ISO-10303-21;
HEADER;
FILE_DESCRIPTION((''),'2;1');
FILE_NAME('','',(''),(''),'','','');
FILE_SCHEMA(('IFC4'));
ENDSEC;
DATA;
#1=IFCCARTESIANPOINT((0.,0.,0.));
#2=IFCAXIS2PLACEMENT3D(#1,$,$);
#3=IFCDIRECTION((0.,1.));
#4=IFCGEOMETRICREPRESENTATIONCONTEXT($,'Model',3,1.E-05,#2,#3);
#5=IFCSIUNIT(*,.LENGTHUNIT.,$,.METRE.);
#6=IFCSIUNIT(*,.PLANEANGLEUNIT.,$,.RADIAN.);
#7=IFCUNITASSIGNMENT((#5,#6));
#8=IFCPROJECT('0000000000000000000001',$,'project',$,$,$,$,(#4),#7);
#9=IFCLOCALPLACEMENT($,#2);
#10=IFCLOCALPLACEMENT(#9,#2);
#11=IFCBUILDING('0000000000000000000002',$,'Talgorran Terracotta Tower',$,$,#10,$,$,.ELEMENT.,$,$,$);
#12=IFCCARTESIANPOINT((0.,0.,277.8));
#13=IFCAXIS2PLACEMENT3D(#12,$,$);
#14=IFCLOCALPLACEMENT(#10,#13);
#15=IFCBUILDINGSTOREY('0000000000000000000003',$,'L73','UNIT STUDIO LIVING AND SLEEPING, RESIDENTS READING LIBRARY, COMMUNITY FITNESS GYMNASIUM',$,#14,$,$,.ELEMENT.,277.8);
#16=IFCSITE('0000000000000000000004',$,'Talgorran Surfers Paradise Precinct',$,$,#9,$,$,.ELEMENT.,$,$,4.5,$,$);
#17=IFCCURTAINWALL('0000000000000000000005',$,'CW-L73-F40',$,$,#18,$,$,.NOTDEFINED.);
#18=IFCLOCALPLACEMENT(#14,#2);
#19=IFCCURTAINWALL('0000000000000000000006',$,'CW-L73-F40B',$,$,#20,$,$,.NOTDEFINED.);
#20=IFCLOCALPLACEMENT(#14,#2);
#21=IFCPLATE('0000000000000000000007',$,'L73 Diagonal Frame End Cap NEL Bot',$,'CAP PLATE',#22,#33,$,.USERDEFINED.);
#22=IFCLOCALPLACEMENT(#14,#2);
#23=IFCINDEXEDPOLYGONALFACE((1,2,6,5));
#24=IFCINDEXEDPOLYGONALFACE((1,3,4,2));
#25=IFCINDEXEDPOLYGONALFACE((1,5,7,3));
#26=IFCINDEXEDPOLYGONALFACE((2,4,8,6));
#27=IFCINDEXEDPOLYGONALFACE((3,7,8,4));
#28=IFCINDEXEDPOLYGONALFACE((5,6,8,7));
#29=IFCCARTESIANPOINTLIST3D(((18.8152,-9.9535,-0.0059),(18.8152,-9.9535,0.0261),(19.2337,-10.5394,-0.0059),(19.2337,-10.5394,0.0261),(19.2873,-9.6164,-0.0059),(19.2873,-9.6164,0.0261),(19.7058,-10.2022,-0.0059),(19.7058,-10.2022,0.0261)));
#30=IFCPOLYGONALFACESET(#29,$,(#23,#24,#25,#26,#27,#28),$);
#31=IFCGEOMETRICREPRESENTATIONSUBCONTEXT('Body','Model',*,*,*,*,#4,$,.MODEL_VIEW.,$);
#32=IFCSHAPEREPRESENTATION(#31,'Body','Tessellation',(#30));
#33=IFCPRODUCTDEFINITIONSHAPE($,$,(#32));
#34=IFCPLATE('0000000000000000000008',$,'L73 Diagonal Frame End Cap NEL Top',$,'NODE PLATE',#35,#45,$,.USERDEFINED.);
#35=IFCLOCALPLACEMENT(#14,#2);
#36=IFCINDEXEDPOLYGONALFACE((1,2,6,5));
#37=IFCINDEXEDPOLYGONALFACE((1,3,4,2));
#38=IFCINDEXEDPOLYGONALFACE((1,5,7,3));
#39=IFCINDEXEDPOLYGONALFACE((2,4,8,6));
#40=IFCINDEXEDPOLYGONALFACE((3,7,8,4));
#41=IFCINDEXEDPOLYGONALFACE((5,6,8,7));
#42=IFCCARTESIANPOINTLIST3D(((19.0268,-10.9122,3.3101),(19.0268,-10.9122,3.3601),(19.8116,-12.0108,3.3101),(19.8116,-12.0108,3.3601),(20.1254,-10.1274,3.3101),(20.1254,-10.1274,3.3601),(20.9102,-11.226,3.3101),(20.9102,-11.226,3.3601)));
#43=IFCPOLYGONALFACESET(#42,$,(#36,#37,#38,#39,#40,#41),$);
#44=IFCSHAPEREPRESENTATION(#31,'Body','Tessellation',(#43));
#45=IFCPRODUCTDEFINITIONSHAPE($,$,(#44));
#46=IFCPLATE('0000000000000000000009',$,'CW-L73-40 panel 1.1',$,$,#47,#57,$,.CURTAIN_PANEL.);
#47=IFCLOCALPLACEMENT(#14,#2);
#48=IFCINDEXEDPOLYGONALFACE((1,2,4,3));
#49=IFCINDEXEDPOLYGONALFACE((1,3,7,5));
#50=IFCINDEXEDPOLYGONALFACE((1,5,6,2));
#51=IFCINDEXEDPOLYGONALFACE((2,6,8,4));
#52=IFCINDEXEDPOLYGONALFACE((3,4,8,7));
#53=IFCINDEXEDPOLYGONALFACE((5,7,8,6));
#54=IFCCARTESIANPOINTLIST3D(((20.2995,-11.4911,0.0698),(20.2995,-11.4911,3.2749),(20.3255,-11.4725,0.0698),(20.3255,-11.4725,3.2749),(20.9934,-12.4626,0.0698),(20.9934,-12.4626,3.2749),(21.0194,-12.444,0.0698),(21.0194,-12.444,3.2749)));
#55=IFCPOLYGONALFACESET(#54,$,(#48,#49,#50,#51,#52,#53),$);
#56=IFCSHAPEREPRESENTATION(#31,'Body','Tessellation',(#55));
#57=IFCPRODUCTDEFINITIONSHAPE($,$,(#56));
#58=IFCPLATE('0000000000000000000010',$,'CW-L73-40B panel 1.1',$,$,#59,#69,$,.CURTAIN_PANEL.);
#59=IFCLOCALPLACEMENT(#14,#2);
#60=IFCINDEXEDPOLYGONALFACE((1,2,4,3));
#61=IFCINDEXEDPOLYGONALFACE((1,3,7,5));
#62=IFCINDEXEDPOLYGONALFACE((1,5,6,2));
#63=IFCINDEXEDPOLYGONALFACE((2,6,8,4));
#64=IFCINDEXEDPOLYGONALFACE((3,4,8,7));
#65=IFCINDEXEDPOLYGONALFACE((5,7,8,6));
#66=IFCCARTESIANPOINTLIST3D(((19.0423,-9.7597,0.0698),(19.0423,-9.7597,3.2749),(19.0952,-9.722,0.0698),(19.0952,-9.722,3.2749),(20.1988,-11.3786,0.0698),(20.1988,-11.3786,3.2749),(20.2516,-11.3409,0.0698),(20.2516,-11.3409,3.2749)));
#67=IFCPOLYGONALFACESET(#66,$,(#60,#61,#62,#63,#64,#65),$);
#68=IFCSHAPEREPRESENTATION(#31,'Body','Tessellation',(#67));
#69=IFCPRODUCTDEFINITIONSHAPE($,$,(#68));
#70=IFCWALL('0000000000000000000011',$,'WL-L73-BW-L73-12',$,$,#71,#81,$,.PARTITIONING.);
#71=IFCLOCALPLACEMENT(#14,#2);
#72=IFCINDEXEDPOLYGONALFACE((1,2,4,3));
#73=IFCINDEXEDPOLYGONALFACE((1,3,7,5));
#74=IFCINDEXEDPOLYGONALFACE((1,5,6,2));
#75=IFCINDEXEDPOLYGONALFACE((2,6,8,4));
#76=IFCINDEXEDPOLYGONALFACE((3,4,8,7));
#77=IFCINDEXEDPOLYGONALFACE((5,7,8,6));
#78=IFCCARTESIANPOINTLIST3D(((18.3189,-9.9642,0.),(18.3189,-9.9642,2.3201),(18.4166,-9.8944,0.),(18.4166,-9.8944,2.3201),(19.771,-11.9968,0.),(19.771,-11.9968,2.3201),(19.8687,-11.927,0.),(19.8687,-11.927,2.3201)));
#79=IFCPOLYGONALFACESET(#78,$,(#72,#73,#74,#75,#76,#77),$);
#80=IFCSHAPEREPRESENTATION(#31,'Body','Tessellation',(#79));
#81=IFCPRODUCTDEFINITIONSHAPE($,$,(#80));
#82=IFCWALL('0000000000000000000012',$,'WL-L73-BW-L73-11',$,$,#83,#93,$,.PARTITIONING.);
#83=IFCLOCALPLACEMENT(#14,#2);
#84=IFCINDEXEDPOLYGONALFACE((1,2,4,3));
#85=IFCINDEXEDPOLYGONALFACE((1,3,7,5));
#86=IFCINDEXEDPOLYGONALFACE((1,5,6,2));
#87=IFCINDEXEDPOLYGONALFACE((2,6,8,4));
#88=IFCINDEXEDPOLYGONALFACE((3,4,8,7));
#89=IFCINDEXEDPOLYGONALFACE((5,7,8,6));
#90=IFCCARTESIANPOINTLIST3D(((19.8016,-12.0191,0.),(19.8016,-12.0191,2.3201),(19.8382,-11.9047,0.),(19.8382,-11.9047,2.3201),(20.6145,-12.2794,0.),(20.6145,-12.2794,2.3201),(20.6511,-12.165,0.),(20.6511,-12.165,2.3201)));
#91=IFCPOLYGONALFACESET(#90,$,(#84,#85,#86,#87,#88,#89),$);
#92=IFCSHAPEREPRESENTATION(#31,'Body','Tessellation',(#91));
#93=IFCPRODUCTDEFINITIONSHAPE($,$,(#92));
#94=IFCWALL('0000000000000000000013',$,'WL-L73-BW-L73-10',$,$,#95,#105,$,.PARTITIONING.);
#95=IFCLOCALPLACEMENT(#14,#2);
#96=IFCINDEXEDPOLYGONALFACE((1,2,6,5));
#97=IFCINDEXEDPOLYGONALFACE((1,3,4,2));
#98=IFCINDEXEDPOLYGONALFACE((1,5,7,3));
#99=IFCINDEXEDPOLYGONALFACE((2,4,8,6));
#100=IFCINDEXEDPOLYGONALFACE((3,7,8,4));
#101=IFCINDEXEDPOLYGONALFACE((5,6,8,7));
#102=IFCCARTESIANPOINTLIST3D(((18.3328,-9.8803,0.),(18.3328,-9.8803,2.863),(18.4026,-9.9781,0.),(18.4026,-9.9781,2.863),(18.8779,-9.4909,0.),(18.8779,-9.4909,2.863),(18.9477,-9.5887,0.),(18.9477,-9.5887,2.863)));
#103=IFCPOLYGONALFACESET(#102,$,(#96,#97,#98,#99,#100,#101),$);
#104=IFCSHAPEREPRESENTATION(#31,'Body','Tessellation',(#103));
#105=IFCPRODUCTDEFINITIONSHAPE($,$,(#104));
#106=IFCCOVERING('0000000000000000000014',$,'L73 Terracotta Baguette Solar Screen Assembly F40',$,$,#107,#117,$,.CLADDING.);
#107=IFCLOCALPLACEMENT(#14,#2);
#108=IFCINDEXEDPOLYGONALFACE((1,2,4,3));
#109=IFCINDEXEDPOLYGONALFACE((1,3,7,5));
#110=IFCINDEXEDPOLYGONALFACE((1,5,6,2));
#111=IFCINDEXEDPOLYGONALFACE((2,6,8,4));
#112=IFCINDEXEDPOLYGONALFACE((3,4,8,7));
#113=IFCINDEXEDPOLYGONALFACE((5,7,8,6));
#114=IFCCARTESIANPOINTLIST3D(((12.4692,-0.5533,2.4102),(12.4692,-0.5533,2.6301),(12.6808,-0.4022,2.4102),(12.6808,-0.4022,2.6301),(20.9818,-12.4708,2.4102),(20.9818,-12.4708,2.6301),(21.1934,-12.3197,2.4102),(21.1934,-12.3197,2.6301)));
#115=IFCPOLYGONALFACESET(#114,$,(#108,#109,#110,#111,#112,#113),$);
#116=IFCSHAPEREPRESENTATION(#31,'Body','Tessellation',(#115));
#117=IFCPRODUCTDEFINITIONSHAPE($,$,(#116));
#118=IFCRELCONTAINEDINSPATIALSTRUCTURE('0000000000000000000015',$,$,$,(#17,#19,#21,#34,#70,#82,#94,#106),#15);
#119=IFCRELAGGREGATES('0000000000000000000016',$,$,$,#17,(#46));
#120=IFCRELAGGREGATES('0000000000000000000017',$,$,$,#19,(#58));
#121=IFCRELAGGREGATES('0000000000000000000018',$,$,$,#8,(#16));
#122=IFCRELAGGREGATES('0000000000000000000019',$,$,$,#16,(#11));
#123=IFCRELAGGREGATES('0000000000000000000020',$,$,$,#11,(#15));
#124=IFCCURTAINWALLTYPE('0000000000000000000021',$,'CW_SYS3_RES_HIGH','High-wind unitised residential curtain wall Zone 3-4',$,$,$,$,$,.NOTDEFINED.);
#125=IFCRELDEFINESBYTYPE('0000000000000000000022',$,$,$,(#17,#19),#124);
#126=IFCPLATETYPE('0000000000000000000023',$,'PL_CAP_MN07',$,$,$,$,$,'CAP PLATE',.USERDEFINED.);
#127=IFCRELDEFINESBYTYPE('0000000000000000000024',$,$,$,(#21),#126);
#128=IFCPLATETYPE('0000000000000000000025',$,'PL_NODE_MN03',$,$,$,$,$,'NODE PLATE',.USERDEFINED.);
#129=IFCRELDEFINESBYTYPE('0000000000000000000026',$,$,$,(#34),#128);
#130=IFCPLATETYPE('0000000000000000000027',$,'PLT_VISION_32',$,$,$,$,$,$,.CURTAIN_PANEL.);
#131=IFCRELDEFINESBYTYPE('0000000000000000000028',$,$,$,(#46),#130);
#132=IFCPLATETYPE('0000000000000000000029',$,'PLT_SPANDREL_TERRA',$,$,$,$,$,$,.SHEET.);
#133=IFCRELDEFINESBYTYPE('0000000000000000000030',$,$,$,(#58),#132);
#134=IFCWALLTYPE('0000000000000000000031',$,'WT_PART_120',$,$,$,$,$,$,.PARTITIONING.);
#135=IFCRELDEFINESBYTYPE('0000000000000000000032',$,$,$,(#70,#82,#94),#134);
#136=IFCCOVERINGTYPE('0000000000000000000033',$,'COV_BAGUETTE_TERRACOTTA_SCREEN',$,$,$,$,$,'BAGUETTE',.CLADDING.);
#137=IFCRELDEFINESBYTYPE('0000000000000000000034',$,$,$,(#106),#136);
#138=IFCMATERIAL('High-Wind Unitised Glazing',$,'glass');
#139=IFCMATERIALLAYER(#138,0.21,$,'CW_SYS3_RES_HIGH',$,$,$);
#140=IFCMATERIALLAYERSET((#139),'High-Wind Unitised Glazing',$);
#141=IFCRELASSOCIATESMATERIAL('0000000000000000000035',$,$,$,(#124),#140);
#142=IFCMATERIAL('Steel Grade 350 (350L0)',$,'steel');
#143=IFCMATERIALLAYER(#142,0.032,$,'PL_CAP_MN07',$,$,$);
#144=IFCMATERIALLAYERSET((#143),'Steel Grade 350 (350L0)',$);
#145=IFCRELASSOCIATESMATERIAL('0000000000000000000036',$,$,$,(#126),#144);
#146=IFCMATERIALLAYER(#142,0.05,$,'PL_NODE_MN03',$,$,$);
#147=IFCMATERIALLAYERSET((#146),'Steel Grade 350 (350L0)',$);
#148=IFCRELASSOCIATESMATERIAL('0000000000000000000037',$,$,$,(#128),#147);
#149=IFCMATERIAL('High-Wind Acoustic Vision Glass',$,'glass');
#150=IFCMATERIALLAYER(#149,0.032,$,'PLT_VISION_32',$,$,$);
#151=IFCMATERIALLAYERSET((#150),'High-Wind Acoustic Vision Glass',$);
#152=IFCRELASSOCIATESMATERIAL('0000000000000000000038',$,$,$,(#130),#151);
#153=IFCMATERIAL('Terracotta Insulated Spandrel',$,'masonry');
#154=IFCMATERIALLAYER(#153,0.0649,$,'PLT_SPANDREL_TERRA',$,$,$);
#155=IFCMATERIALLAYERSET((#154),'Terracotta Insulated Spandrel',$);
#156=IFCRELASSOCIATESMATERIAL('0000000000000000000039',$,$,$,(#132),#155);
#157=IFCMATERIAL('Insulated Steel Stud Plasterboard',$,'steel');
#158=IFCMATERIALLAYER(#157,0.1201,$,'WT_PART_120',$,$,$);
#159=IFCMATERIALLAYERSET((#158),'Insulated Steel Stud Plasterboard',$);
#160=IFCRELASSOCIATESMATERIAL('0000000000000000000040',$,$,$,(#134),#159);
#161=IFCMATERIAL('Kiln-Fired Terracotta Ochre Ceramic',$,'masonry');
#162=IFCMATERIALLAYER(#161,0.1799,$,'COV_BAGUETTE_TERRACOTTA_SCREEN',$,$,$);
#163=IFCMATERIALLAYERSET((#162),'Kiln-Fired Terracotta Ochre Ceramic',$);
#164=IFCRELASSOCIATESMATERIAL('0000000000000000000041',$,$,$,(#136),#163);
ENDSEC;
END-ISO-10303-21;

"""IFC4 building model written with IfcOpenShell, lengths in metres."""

from ifc_helpers import new_model, si_unit, direction, frame, frame_2d, origin, origin_2d, place, context, subcontext, project, spatial, rectangle, extrude, source, transform, mapped, material, layer, layer_set, type_object, type_shapes, element, aggregate, save


model = new_model("IFC4")

# Units and contexts
model_context = context("Model", 3, precision=1e-05, world=origin(), true_north=direction((0.0, 1.0)))
body_context = subcontext(model_context, "Body", "Model", "MODEL_VIEW")
ifc_project = project(units=[si_unit("LENGTHUNIT", "METRE"), si_unit("PLANEANGLEUNIT", "RADIAN")], contexts=[model_context])

# Site, building, storey
site_placement = place(None, origin())
site = spatial("IfcSite", under=ifc_project, at=site_placement, Name="Talgorran Surfers Paradise Precinct", CompositionType="ELEMENT", RefElevation=4.5)
building_placement = place(site_placement, origin())
building = spatial("IfcBuilding", under=site, at=building_placement, Name="Talgorran Terracotta Tower", CompositionType="ELEMENT")
storey_placement = place(building_placement, frame((0.0, 0.0, 277.8)))
storey = spatial("IfcBuildingStorey", under=building, at=storey_placement, Name="L73", Description="UNIT STUDIO LIVING AND SLEEPING, RESIDENTS READING LIBRARY, COMMUNITY FITNESS GYMNASIUM", CompositionType="ELEMENT", Elevation=277.8)

# Shared definitions
ifc_material_1 = material(Name="Steel Grade 350 (350L0)", Category="steel")

# Curtain walls
ifc_material_2 = material(Name="High-Wind Unitised Glazing", Category="glass")
ifc_layer_1 = layer(ifc_material_2, 0.21, Name="CW_SYS3_RES_HIGH")
ifc_layer_set_1 = layer_set([ifc_layer_1], Name="High-Wind Unitised Glazing")
curtain_wall_type = type_object("IfcCurtainWallType", Name="CW_SYS3_RES_HIGH", Description="High-wind unitised residential curtain wall Zone 3-4", PredefinedType="NOTDEFINED", material=ifc_layer_set_1)
curtain_wall_1_placement = place(storey_placement, origin())
curtain_wall_1 = element("IfcCurtainWall", 1, at=curtain_wall_1_placement, inside=storey, type_object=curtain_wall_type, Name="CW-L73-F40", PredefinedType="NOTDEFINED")
curtain_wall_2_placement = place(storey_placement, origin())
curtain_wall_2 = element("IfcCurtainWall", 2, at=curtain_wall_2_placement, inside=storey, type_object=curtain_wall_type, Name="CW-L73-F40B", PredefinedType="NOTDEFINED")

# Plates
ifc_layer_2 = layer(ifc_material_1, 0.032, Name="PL_CAP_MN07")
ifc_layer_set_2 = layer_set([ifc_layer_2], Name="Steel Grade 350 (350L0)")
plate_type_1 = type_object("IfcPlateType", Name="PL_CAP_MN07", ElementType="CAP PLATE", PredefinedType="USERDEFINED", material=ifc_layer_set_2)
plate_1_placement = place(storey_placement, frame((19.2605, -10.0779, -0.0059), z_axis=(0.0, 0.0, 1.0), x_axis=(0.581271, -0.81371, 0.0)))
element("IfcPlate", 3, at=plate_1_placement, inside=storey, type_object=plate_type_1, Name="L73 Diagonal Frame End Cap NEL Bot", ObjectType="CAP PLATE", PredefinedType="USERDEFINED", context=body_context, shape_type="SweptSolid", body=[
    extrude(rectangle(XDim=0.72, YDim=0.5801, at=origin_2d()), origin(), (0.0, 0.0, 1.0), 0.032),
])
ifc_layer_3 = layer(ifc_material_1, 0.05, Name="PL_NODE_MN03")
ifc_layer_set_3 = layer_set([ifc_layer_3], Name="Steel Grade 350 (350L0)")
plate_type_2 = type_object("IfcPlateType", Name="PL_NODE_MN03", ElementType="NODE PLATE", PredefinedType="USERDEFINED", material=ifc_layer_set_3)
plate_2_placement = place(storey_placement, frame((19.9685, -11.0691, 3.3101), z_axis=(0.0, 0.0, 1.0), x_axis=(0.581271, -0.81371, 0.0)))
element("IfcPlate", 4, at=plate_2_placement, inside=storey, type_object=plate_type_2, Name="L73 Diagonal Frame End Cap NEL Top", ObjectType="NODE PLATE", PredefinedType="USERDEFINED", context=body_context, shape_type="SweptSolid", body=[
    extrude(rectangle(XDim=1.3501, YDim=1.3501, at=origin_2d()), origin(), (0.0, 0.0, 1.0), 0.05),
])

# Plates
ifc_material_3 = material(Name="High-Wind Acoustic Vision Glass", Category="glass")
ifc_layer_4 = layer(ifc_material_3, 0.032, Name="PLT_VISION_32")
ifc_layer_set_4 = layer_set([ifc_layer_4], Name="High-Wind Acoustic Vision Glass")
plate_type_3 = type_object("IfcPlateType", Name="PLT_VISION_32", PredefinedType="CURTAIN_PANEL", material=ifc_layer_set_4)
shared_shape_1 = source(origin(), body_context, "Body", "SweptSolid", [
    extrude(rectangle(XDim=1.1938, YDim=0.032, at=origin_2d()), origin(), (0.0, 0.0, 1.0), 3.2051),
])
type_shapes(plate_type_3, [shared_shape_1])
plate_3_placement = place(storey_placement, frame((20.6594, -11.9675, 0.0698), z_axis=(0.0, 0.0, 1.0), x_axis=(-0.581245, 0.813728, 0.0)))
plate_3 = element("IfcPlate", 5, at=plate_3_placement, type_object=plate_type_3, Name="CW-L73-40 panel 1.1", PredefinedType="CURTAIN_PANEL", context=body_context, shape_type="MappedRepresentation", body=[
    mapped(shared_shape_1, transform((0.0, 0.0, 0.0), scale=1.0)),
])
aggregate(curtain_wall_1, [plate_3])
ifc_material_4 = material(Name="Terracotta Insulated Spandrel", Category="masonry")
ifc_layer_5 = layer(ifc_material_4, 0.0649, Name="PLT_SPANDREL_TERRA")
ifc_layer_set_5 = layer_set([ifc_layer_5], Name="Terracotta Insulated Spandrel")
plate_type_4 = type_object("IfcPlateType", Name="PLT_SPANDREL_TERRA", PredefinedType="SHEET", material=ifc_layer_set_5)
shared_shape_2 = source(origin(), body_context, "Body", "SweptSolid", [
    extrude(rectangle(XDim=1.9895, YDim=0.0649, at=origin_2d()), origin(), (0.0, 0.0, 1.0), 3.2051),
])
type_shapes(plate_type_4, [shared_shape_2])
plate_4_placement = place(storey_placement, frame((19.647, -10.5503, 0.0698), z_axis=(0.0, 0.0, 1.0), x_axis=(-0.581265, 0.813714, 0.0)))
plate_4 = element("IfcPlate", 6, at=plate_4_placement, type_object=plate_type_4, Name="CW-L73-40B panel 1.1", PredefinedType="CURTAIN_PANEL", context=body_context, shape_type="MappedRepresentation", body=[
    mapped(shared_shape_2, transform((0.0, 0.0, 0.0), scale=1.0)),
])
aggregate(curtain_wall_2, [plate_4])

# Walls
ifc_material_5 = material(Name="Insulated Steel Stud Plasterboard", Category="steel")
ifc_layer_6 = layer(ifc_material_5, 0.1201, Name="WT_PART_120")
ifc_layer_set_6 = layer_set([ifc_layer_6], Name="Insulated Steel Stud Plasterboard")
wall_type = type_object("IfcWallType", Name="WT_PART_120", PredefinedType="PARTITIONING", material=ifc_layer_set_6)
wall_1_placement = place(storey_placement, frame((19.8198, -11.9619, 0.0), z_axis=(0.0, 0.0, 1.0), x_axis=(-0.581294, 0.813694, 0.0)))
element("IfcWall", 7, at=wall_1_placement, inside=storey, type_object=wall_type, Name="WL-L73-BW-L73-12", PredefinedType="PARTITIONING", context=body_context, shape_type="SweptSolid", body=[
    extrude(rectangle(XDim=2.498, YDim=0.1201, at=frame_2d((1.249, 0.0))), origin(), (0.0, 0.0, 1.0), 2.3201),
])
wall_2_placement = place(storey_placement, frame((20.6328, -12.2222, 0.0), z_axis=(0.0, 0.0, 1.0), x_axis=(-0.952391, 0.30488, 0.0)))
element("IfcWall", 8, at=wall_2_placement, inside=storey, type_object=wall_type, Name="WL-L73-BW-L73-11", PredefinedType="PARTITIONING", context=body_context, shape_type="SweptSolid", body=[
    extrude(rectangle(XDim=0.8535, YDim=0.1201, at=frame_2d((0.4268, 0.0))), origin(), (0.0, 0.0, 1.0), 2.3201),
])
wall_3_placement = place(storey_placement, frame((18.3677, -9.9292, 0.0), z_axis=(0.0, 0.0, 1.0), x_axis=(0.813733, 0.581238, 0.0)))
element("IfcWall", 9, at=wall_3_placement, inside=storey, type_object=wall_type, Name="WL-L73-BW-L73-10", PredefinedType="PARTITIONING", context=body_context, shape_type="SweptSolid", body=[
    extrude(rectangle(XDim=0.6699, YDim=0.1201, at=frame_2d((0.335, 0.0))), origin(), (0.0, 0.0, 1.0), 2.863),
])

# Covering
ifc_material_6 = material(Name="Kiln-Fired Terracotta Ochre Ceramic", Category="masonry")
ifc_layer_7 = layer(ifc_material_6, 0.1799, Name="COV_BAGUETTE_TERRACOTTA_SCREEN")
ifc_layer_set_7 = layer_set([ifc_layer_7], Name="Kiln-Fired Terracotta Ochre Ceramic")
covering_type = type_object("IfcCoveringType", Name="COV_BAGUETTE_TERRACOTTA_SCREEN", ElementType="BAGUETTE", PredefinedType="CLADDING", material=ifc_layer_set_7)
covering_placement = place(storey_placement, frame((16.8313, -6.4365, 2.4102), z_axis=(0.0, 0.0, 1.0), x_axis=(-0.581243, 0.81373, 0.0)))
element("IfcCovering", 10, at=covering_placement, inside=storey, type_object=covering_type, Name="L73 Terracotta Baguette Solar Screen Assembly F40", PredefinedType="CLADDING", context=body_context, shape_type="SweptSolid", body=[
    extrude(rectangle(XDim=14.6455, YDim=0.26, at=origin_2d()), origin(), (0.0, 0.0, 1.0), 0.22),
])

save(model, "model.ifc")
